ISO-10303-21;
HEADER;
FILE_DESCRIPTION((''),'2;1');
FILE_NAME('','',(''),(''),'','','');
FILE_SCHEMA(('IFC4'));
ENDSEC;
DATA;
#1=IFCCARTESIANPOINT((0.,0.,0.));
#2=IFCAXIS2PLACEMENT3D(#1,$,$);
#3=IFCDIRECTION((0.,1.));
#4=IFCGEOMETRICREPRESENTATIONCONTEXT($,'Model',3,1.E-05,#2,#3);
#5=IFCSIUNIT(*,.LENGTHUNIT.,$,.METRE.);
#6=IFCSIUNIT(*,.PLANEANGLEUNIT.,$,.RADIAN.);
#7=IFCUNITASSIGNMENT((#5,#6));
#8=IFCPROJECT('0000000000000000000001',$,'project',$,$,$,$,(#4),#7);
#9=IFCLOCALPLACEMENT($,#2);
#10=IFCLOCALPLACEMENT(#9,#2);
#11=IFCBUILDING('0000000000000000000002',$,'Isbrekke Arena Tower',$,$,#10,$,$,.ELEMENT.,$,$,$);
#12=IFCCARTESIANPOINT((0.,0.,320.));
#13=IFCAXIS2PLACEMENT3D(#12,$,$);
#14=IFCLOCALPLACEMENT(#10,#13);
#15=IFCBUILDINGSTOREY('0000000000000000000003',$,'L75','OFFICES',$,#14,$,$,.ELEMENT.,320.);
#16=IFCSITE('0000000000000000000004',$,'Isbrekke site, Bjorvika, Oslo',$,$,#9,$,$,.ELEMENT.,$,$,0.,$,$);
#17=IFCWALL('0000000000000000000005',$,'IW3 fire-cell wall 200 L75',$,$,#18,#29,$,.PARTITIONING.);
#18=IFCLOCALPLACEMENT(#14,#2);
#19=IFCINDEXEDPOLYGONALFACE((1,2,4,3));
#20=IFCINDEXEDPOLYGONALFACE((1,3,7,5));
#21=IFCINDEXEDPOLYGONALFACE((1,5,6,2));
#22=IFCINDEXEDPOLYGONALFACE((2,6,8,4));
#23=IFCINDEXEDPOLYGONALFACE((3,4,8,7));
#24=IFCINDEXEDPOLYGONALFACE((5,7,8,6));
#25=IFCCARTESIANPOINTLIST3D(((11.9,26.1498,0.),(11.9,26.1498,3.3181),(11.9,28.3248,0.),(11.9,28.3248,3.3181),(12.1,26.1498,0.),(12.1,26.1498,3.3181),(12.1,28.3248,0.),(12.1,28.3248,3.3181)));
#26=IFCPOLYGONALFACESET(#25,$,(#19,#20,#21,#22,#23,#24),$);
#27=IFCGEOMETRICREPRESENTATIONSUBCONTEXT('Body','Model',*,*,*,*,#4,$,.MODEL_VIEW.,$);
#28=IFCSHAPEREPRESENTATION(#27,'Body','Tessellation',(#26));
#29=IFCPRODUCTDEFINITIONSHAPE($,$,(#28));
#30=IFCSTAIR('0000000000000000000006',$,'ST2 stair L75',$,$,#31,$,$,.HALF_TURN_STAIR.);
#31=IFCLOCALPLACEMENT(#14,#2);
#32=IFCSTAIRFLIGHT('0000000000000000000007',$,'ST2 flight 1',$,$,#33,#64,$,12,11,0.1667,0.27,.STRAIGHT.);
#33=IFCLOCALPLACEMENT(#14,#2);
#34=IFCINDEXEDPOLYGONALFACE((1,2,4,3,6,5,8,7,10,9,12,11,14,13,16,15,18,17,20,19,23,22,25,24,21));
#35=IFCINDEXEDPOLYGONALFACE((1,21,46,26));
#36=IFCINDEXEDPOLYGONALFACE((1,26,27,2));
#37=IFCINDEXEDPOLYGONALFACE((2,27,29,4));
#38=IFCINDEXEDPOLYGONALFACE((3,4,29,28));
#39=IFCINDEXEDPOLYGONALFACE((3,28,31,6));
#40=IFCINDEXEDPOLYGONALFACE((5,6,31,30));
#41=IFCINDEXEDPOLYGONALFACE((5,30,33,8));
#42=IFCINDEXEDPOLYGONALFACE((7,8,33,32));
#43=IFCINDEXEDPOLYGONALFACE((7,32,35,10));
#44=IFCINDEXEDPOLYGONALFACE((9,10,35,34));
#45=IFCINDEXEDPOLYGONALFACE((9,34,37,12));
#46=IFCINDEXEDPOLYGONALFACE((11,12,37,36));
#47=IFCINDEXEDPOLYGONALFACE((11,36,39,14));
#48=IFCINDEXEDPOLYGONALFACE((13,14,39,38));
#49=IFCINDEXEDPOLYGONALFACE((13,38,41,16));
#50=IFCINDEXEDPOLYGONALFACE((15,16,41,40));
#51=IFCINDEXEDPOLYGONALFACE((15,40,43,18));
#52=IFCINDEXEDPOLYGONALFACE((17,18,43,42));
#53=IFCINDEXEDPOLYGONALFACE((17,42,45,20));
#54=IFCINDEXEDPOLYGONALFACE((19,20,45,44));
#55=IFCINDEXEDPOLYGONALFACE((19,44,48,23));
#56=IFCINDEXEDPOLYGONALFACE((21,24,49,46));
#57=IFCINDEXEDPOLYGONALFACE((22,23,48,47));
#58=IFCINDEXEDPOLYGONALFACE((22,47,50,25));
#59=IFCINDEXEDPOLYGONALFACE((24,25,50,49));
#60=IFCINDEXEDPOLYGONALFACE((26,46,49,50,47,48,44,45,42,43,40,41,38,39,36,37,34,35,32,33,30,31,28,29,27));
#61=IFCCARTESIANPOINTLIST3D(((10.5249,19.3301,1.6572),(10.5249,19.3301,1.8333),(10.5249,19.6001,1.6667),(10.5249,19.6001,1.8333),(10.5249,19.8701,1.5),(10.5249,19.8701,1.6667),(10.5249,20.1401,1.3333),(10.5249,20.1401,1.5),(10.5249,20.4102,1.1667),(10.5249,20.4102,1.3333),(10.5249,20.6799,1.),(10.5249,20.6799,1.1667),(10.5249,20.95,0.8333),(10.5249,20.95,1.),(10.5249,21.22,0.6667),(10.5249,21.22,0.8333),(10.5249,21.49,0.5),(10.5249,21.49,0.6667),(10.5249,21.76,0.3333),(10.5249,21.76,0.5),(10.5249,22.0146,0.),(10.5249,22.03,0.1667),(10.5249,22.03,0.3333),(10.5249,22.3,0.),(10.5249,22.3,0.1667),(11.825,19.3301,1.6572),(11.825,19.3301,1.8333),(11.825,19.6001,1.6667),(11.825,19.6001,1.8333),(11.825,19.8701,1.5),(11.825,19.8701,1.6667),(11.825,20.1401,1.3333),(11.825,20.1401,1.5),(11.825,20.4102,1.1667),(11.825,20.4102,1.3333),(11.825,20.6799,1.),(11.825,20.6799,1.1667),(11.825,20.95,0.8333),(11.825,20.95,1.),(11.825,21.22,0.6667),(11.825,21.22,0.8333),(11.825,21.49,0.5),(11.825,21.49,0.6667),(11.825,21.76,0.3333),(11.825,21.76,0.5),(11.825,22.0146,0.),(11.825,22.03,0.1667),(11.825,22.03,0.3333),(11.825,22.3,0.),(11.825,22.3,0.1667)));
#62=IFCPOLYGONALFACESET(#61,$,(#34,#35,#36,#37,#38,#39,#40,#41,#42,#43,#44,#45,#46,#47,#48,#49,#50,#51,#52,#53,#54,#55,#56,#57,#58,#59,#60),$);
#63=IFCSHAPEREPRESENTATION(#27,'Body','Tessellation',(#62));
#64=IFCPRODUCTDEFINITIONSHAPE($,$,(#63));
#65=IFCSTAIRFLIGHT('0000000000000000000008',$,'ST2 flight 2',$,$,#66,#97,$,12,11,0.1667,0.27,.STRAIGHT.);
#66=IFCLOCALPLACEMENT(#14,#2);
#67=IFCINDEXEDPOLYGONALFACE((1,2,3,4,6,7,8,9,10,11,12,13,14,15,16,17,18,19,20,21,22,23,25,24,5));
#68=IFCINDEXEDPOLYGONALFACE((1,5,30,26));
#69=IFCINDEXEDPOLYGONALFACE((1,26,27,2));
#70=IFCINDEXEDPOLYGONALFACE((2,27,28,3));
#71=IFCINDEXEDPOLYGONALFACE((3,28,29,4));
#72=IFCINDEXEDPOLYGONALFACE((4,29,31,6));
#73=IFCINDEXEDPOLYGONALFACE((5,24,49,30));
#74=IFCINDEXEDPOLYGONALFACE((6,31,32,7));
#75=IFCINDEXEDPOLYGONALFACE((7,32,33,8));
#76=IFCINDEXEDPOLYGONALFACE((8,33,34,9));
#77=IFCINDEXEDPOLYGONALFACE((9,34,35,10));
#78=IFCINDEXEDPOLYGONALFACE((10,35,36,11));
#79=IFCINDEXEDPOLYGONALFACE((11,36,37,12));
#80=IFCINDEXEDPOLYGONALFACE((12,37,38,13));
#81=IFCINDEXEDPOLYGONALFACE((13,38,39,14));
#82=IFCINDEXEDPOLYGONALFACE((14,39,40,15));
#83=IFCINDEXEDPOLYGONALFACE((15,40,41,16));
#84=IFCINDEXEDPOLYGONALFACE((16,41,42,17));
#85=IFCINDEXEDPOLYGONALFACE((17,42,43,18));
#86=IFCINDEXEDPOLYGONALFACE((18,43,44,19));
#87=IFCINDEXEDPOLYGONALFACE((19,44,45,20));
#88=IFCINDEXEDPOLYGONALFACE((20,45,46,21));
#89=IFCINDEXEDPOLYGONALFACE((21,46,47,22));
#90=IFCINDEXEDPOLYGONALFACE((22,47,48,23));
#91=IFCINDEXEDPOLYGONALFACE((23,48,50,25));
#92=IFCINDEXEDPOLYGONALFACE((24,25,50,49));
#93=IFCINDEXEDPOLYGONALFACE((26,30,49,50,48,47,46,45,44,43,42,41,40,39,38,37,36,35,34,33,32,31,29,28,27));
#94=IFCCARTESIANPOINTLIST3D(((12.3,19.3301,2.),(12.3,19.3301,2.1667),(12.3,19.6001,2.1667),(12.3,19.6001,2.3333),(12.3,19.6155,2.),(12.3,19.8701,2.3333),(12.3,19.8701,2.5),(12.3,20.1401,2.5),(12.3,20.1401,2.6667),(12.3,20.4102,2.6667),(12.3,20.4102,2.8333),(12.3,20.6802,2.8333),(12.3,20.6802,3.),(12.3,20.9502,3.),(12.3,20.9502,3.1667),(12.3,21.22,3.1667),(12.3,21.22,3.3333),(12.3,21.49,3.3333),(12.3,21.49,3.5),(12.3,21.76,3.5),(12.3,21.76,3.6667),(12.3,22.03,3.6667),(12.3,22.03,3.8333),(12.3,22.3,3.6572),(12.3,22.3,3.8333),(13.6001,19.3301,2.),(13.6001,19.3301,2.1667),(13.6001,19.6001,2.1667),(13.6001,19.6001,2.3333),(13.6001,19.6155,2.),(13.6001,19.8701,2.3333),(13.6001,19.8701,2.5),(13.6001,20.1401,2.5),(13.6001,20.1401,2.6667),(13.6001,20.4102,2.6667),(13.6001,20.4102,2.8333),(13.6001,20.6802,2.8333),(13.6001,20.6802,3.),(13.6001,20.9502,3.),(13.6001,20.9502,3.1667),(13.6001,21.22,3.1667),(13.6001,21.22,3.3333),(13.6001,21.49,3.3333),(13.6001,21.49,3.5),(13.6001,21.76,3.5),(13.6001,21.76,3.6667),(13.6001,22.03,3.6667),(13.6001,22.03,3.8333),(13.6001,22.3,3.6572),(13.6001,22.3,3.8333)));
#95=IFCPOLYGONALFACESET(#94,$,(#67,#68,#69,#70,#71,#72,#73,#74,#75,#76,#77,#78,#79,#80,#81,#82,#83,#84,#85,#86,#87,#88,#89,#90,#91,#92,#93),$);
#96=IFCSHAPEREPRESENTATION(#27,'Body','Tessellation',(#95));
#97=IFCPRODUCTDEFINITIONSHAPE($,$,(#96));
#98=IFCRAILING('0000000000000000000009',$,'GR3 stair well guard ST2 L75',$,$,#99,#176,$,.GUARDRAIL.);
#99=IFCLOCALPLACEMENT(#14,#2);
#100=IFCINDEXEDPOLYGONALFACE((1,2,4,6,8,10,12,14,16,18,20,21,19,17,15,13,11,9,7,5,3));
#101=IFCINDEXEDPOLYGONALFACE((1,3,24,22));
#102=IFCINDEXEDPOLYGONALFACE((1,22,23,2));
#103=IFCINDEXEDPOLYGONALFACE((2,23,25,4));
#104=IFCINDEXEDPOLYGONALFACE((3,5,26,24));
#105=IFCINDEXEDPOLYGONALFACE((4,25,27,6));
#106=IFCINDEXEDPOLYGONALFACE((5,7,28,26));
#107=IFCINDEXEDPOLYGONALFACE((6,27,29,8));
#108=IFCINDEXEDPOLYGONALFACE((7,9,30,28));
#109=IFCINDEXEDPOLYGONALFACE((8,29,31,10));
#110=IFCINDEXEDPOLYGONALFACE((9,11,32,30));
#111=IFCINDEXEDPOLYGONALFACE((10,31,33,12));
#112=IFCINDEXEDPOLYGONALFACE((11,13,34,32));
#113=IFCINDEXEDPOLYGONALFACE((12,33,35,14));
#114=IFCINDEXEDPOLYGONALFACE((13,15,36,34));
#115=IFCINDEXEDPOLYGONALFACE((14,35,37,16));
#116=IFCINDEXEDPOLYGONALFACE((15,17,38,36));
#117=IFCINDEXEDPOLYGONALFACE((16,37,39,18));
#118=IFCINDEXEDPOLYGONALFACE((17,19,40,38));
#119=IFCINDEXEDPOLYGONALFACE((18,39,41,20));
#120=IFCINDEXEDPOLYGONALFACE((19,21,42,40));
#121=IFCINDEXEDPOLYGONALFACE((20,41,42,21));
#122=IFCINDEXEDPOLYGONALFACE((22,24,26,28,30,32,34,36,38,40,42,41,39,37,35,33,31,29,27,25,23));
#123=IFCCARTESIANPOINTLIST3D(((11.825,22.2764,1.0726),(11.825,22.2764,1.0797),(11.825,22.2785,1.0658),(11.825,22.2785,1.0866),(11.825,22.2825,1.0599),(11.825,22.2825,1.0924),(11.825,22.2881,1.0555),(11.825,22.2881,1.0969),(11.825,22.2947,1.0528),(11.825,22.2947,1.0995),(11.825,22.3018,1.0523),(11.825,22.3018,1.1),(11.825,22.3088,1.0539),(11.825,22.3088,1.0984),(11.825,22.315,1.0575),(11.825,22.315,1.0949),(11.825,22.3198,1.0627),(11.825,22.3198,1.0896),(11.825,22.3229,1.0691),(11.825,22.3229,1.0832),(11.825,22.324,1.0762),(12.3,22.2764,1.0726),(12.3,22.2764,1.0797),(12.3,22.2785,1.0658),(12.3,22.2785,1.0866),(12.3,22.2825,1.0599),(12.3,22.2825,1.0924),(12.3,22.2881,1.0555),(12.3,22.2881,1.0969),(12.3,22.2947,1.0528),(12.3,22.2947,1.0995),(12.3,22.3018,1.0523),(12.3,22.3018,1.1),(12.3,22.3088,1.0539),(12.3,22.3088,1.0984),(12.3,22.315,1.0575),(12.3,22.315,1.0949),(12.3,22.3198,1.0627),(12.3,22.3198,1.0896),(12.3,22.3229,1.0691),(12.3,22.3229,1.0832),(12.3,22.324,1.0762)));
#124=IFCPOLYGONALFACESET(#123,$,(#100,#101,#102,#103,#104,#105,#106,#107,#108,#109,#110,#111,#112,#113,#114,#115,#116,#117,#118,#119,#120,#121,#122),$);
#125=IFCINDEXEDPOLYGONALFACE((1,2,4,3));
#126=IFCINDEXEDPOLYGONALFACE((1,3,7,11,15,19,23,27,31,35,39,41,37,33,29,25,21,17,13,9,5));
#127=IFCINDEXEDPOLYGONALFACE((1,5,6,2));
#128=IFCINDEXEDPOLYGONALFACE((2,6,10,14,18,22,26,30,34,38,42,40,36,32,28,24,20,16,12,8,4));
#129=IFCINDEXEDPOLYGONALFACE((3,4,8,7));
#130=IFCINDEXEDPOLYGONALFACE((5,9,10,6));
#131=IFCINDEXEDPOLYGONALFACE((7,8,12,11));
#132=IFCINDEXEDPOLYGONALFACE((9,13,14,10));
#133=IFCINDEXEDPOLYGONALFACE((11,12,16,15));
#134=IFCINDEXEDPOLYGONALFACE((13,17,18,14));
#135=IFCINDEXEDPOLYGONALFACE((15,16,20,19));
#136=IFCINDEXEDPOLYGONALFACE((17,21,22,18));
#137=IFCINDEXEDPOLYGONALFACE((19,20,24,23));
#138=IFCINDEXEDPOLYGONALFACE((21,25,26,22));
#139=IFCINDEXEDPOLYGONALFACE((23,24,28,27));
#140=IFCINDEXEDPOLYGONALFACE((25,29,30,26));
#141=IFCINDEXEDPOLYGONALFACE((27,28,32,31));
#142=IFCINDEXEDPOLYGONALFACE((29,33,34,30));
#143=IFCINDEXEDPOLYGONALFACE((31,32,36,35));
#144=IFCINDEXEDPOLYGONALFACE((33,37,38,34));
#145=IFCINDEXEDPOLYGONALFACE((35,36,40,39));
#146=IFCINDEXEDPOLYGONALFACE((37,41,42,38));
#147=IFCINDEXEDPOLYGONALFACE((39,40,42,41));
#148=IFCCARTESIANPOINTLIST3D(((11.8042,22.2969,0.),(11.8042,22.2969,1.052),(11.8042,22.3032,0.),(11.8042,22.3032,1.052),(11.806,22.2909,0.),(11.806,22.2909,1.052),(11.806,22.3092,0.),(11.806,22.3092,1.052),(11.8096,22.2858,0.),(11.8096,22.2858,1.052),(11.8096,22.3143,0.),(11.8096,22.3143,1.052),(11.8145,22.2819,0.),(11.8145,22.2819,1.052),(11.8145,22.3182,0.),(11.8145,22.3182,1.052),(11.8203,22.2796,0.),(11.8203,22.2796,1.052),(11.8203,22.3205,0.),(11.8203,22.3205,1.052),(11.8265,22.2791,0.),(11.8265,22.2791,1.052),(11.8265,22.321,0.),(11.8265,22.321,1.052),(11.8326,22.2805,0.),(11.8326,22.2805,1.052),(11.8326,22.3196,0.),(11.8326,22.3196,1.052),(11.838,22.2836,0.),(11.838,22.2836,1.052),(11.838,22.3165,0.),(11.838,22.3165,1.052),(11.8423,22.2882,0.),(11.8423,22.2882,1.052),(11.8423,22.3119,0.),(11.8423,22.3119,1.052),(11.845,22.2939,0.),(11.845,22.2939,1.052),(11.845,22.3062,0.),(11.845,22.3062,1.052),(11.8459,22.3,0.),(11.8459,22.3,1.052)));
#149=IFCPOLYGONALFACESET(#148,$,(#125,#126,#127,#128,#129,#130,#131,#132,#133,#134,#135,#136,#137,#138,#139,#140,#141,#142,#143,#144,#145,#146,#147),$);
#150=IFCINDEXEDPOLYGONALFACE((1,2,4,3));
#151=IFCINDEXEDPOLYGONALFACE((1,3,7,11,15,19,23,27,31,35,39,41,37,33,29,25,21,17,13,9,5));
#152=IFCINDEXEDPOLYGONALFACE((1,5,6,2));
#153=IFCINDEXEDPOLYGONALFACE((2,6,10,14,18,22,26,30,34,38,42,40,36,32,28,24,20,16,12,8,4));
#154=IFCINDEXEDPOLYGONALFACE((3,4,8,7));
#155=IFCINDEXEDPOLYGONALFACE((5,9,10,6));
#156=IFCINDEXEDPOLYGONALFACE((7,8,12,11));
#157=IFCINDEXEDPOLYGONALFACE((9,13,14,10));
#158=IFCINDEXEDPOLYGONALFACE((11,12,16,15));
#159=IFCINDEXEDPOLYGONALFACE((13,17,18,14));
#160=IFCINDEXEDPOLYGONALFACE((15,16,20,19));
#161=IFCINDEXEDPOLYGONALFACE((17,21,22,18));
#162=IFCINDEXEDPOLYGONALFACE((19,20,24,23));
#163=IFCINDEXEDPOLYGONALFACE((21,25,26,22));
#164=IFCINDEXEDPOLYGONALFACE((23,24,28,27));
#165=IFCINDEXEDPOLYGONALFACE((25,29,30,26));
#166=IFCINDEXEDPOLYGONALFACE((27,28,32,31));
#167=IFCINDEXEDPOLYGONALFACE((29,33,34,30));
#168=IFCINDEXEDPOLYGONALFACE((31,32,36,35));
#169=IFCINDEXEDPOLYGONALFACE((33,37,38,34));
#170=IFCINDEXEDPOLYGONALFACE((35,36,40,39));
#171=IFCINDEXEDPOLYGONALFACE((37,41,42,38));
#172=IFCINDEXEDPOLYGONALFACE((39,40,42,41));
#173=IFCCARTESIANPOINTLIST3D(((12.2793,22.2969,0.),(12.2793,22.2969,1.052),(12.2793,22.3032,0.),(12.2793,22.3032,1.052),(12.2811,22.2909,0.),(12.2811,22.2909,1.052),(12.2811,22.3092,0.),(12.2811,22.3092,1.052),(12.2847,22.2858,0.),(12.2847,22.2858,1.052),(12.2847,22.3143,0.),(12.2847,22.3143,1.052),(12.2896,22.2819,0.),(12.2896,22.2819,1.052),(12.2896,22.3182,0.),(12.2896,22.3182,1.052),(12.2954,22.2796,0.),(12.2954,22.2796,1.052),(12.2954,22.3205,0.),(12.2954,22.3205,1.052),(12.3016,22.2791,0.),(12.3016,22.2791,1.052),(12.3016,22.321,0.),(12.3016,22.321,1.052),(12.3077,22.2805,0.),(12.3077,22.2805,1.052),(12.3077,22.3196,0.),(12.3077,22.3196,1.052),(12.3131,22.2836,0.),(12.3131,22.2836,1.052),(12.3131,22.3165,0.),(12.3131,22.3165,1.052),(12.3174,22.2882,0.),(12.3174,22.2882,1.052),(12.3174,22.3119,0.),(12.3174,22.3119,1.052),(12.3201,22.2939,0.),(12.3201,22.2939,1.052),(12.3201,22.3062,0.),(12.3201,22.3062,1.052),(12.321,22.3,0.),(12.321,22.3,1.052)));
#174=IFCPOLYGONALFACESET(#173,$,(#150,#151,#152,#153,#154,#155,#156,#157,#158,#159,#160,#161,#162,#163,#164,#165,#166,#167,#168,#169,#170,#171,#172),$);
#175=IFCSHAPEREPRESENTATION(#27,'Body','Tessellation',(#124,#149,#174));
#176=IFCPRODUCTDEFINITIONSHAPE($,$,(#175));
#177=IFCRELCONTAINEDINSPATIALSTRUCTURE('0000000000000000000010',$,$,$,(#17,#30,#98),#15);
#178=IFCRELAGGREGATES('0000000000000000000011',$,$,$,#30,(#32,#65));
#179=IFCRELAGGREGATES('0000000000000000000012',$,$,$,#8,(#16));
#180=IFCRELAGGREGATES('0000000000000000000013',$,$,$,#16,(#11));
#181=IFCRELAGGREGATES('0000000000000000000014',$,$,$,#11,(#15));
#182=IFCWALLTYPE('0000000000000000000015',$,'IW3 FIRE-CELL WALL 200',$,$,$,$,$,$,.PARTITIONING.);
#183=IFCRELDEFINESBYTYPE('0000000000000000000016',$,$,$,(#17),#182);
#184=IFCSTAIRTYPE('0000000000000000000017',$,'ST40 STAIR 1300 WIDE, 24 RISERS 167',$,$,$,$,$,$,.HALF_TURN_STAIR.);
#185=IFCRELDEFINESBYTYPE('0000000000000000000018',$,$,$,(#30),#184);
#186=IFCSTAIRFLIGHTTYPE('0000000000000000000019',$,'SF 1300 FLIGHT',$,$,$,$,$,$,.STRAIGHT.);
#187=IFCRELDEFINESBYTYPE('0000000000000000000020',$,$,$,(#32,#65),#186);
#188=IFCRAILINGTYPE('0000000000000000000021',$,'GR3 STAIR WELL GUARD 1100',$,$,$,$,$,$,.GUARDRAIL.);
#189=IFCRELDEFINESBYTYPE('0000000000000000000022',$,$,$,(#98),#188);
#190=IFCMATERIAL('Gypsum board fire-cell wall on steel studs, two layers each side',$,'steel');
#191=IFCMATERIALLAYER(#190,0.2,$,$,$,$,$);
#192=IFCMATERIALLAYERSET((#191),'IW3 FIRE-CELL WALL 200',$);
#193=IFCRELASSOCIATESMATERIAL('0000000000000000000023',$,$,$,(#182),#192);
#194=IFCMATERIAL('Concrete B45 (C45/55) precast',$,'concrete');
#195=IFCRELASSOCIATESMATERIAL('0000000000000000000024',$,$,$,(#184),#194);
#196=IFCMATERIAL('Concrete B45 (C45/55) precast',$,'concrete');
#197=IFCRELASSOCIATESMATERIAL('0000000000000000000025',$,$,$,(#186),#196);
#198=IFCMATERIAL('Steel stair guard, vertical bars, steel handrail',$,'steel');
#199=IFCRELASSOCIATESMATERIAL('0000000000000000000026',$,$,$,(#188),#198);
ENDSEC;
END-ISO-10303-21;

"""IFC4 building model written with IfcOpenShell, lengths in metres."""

from ifc_helpers import new_model, si_unit, direction, frame, frame_2d, origin, origin_2d, place, context, subcontext, project, spatial, polyline, rectangle, circle, outline, extrude, material, layer, layer_set, type_object, element, aggregate, save


model = new_model("IFC4")

# Units and contexts
model_context = context("Model", 3, precision=1e-05, world=origin(), true_north=direction((0.0, 1.0)))
body_context = subcontext(model_context, "Body", "Model", "MODEL_VIEW")
ifc_project = project(units=[si_unit("LENGTHUNIT", "METRE"), si_unit("PLANEANGLEUNIT", "RADIAN")], contexts=[model_context])

# Site, building, storey
site_placement = place(None, origin())
site = spatial("IfcSite", under=ifc_project, at=site_placement, Name="Isbrekke site, Bjorvika, Oslo", CompositionType="ELEMENT", RefElevation=0.0)
building_placement = place(site_placement, origin())
building = spatial("IfcBuilding", under=site, at=building_placement, Name="Isbrekke Arena Tower", CompositionType="ELEMENT")
storey_placement = place(building_placement, frame((0.0, 0.0, 320.0)))
storey = spatial("IfcBuildingStorey", under=building, at=storey_placement, Name="L75", Description="OFFICES", CompositionType="ELEMENT", Elevation=320.0)

# Wall
ifc_material_1 = material(Name="Gypsum board fire-cell wall on steel studs, two layers each side", Category="steel")
ifc_layer_1 = layer(ifc_material_1, 0.2)
ifc_layer_set_1 = layer_set([ifc_layer_1], Name="IW3 FIRE-CELL WALL 200")
wall_type_1 = type_object("IfcWallType", Name="IW3 FIRE-CELL WALL 200", PredefinedType="PARTITIONING", material=ifc_layer_set_1)
wall_1_placement = place(storey_placement, frame((12.0, 26.1499, 0.0), z_axis=(0.0, 0.0, 1.0), x_axis=(0.0, 1.0, 0.0)))
element("IfcWall", 1, at=wall_1_placement, inside=storey, type_object=wall_type_1, Name="IW3 fire-cell wall 200 L75", PredefinedType="PARTITIONING", context=body_context, shape_type="SweptSolid", body=[
    extrude(rectangle(XDim=2.175, YDim=0.2, at=frame_2d((1.0874, 0.0))), origin(), (0.0, 0.0, 1.0), 3.3181),
])

# Stair, stair flights
ifc_material_2 = material(Name="Concrete B45 (C45/55) precast", Category="concrete")
stair_type = type_object("IfcStairType", Name="ST40 STAIR 1300 WIDE, 24 RISERS 167", PredefinedType="HALF_TURN_STAIR", material=ifc_material_2)
stair_placement = place(storey_placement, origin())
stair = element("IfcStair", 2, at=stair_placement, inside=storey, type_object=stair_type, Name="ST2 stair L75", PredefinedType="HALF_TURN_STAIR")
ifc_material_3 = material(Name="Concrete B45 (C45/55) precast", Category="concrete")
stair_flight_type = type_object("IfcStairFlightType", Name="SF 1300 FLIGHT", PredefinedType="STRAIGHT", material=ifc_material_3)
stair_flight_1_placement = place(storey_placement, frame((11.175, 22.3, 0.0), z_axis=(0.0, 0.0, 1.0), x_axis=(0.0, -1.0, 0.0)))
stair_flight_1 = element("IfcStairFlight", 3, at=stair_flight_1_placement, type_object=stair_flight_type, Name="ST2 flight 1", NumberOfRisers=12, NumberOfTreads=11, PredefinedType="STRAIGHT", RiserHeight=0.1667, TreadLength=0.27, context=body_context, shape_type="SweptSolid", body=[
    extrude(outline(polyline([(0.0, 0.0), (0.0, 0.1667), (0.27, 0.1667), (0.27, 0.3333), (0.54, 0.3333), (0.54, 0.5), (0.8101, 0.5), (0.8101, 0.6667), (1.0801, 0.6667), (1.0801, 0.8333), (1.3501, 0.8333), (1.3501, 1.0), (1.6201, 1.0), (1.6201, 1.1667), (1.8899, 1.1667), (1.8899, 1.3333), (2.1599, 1.3333), (2.1599, 1.5), (2.4299, 1.5), (2.4299, 1.6667), (2.7, 1.6667), (2.7, 1.8333), (2.97, 1.8333), (2.97, 2.0), (2.97, 1.6572), (0.2854, 0.0), (0.0, 0.0)])), frame((0.0, 0.6499, 0.0), z_axis=(0.0, -1.0, 0.0), x_axis=(1.0, 0.0, 0.0)), (0.0, 0.0, 1.0), 1.3),
])
stair_flight_2_placement = place(storey_placement, frame((12.95, 19.3301, 2.0), z_axis=(0.0, 0.0, 1.0), x_axis=(0.0, 1.0, 0.0)))
stair_flight_2 = element("IfcStairFlight", 4, at=stair_flight_2_placement, type_object=stair_flight_type, Name="ST2 flight 2", NumberOfRisers=12, NumberOfTreads=11, PredefinedType="STRAIGHT", RiserHeight=0.1667, TreadLength=0.27, context=body_context, shape_type="SweptSolid", body=[
    extrude(outline(polyline([(0.0, 0.0), (0.0, 0.1667), (0.27, 0.1667), (0.27, 0.3333), (0.54, 0.3333), (0.54, 0.5), (0.8101, 0.5), (0.8101, 0.6667), (1.0801, 0.6667), (1.0801, 0.8333), (1.3501, 0.8333), (1.3501, 1.0), (1.6201, 1.0), (1.6201, 1.1667), (1.8899, 1.1667), (1.8899, 1.3333), (2.1599, 1.3333), (2.1599, 1.5), (2.4299, 1.5), (2.4299, 1.6667), (2.7, 1.6667), (2.7, 1.8333), (2.97, 1.8333), (2.97, 2.0), (2.97, 1.6572), (0.2854, 0.0), (0.0, 0.0)])), frame((0.0, 0.6499, 0.0), z_axis=(0.0, -1.0, 0.0), x_axis=(1.0, 0.0, 0.0)), (0.0, 0.0, 1.0), 1.3),
])
aggregate(stair, [stair_flight_1, stair_flight_2])

# Railing
ifc_material_4 = material(Name="Steel stair guard, vertical bars, steel handrail", Category="steel")
railing_type = type_object("IfcRailingType", Name="GR3 STAIR WELL GUARD 1100", PredefinedType="GUARDRAIL", material=ifc_material_4)
for number, where, name in (
    (5, (11.825, 22.3, 0.0), "GR3 stair well guard ST2 L75"),
):
    element("IfcRailing", number, at=place(storey_placement, frame(where)), inside=storey, type_object=railing_type, Name=name, PredefinedType="GUARDRAIL", context=body_context, shape_type="SweptSolid", body=[
        extrude(circle(Radius=0.0239, at=origin_2d()), frame((0.0, 0.0, 1.0762), z_axis=(1.0, 0.0, 0.0), x_axis=(0.0, 1.0, 0.0)), (0.0, 0.0, 1.0), 0.4751),
        extrude(circle(Radius=0.021, at=origin_2d()), origin(), (0.0, 0.0, 1.0), 1.052),
        extrude(circle(Radius=0.021, at=origin_2d()), frame((0.4751, 0.0, 0.0)), (0.0, 0.0, 1.0), 1.052),
    ])

save(model, "model.ifc")
